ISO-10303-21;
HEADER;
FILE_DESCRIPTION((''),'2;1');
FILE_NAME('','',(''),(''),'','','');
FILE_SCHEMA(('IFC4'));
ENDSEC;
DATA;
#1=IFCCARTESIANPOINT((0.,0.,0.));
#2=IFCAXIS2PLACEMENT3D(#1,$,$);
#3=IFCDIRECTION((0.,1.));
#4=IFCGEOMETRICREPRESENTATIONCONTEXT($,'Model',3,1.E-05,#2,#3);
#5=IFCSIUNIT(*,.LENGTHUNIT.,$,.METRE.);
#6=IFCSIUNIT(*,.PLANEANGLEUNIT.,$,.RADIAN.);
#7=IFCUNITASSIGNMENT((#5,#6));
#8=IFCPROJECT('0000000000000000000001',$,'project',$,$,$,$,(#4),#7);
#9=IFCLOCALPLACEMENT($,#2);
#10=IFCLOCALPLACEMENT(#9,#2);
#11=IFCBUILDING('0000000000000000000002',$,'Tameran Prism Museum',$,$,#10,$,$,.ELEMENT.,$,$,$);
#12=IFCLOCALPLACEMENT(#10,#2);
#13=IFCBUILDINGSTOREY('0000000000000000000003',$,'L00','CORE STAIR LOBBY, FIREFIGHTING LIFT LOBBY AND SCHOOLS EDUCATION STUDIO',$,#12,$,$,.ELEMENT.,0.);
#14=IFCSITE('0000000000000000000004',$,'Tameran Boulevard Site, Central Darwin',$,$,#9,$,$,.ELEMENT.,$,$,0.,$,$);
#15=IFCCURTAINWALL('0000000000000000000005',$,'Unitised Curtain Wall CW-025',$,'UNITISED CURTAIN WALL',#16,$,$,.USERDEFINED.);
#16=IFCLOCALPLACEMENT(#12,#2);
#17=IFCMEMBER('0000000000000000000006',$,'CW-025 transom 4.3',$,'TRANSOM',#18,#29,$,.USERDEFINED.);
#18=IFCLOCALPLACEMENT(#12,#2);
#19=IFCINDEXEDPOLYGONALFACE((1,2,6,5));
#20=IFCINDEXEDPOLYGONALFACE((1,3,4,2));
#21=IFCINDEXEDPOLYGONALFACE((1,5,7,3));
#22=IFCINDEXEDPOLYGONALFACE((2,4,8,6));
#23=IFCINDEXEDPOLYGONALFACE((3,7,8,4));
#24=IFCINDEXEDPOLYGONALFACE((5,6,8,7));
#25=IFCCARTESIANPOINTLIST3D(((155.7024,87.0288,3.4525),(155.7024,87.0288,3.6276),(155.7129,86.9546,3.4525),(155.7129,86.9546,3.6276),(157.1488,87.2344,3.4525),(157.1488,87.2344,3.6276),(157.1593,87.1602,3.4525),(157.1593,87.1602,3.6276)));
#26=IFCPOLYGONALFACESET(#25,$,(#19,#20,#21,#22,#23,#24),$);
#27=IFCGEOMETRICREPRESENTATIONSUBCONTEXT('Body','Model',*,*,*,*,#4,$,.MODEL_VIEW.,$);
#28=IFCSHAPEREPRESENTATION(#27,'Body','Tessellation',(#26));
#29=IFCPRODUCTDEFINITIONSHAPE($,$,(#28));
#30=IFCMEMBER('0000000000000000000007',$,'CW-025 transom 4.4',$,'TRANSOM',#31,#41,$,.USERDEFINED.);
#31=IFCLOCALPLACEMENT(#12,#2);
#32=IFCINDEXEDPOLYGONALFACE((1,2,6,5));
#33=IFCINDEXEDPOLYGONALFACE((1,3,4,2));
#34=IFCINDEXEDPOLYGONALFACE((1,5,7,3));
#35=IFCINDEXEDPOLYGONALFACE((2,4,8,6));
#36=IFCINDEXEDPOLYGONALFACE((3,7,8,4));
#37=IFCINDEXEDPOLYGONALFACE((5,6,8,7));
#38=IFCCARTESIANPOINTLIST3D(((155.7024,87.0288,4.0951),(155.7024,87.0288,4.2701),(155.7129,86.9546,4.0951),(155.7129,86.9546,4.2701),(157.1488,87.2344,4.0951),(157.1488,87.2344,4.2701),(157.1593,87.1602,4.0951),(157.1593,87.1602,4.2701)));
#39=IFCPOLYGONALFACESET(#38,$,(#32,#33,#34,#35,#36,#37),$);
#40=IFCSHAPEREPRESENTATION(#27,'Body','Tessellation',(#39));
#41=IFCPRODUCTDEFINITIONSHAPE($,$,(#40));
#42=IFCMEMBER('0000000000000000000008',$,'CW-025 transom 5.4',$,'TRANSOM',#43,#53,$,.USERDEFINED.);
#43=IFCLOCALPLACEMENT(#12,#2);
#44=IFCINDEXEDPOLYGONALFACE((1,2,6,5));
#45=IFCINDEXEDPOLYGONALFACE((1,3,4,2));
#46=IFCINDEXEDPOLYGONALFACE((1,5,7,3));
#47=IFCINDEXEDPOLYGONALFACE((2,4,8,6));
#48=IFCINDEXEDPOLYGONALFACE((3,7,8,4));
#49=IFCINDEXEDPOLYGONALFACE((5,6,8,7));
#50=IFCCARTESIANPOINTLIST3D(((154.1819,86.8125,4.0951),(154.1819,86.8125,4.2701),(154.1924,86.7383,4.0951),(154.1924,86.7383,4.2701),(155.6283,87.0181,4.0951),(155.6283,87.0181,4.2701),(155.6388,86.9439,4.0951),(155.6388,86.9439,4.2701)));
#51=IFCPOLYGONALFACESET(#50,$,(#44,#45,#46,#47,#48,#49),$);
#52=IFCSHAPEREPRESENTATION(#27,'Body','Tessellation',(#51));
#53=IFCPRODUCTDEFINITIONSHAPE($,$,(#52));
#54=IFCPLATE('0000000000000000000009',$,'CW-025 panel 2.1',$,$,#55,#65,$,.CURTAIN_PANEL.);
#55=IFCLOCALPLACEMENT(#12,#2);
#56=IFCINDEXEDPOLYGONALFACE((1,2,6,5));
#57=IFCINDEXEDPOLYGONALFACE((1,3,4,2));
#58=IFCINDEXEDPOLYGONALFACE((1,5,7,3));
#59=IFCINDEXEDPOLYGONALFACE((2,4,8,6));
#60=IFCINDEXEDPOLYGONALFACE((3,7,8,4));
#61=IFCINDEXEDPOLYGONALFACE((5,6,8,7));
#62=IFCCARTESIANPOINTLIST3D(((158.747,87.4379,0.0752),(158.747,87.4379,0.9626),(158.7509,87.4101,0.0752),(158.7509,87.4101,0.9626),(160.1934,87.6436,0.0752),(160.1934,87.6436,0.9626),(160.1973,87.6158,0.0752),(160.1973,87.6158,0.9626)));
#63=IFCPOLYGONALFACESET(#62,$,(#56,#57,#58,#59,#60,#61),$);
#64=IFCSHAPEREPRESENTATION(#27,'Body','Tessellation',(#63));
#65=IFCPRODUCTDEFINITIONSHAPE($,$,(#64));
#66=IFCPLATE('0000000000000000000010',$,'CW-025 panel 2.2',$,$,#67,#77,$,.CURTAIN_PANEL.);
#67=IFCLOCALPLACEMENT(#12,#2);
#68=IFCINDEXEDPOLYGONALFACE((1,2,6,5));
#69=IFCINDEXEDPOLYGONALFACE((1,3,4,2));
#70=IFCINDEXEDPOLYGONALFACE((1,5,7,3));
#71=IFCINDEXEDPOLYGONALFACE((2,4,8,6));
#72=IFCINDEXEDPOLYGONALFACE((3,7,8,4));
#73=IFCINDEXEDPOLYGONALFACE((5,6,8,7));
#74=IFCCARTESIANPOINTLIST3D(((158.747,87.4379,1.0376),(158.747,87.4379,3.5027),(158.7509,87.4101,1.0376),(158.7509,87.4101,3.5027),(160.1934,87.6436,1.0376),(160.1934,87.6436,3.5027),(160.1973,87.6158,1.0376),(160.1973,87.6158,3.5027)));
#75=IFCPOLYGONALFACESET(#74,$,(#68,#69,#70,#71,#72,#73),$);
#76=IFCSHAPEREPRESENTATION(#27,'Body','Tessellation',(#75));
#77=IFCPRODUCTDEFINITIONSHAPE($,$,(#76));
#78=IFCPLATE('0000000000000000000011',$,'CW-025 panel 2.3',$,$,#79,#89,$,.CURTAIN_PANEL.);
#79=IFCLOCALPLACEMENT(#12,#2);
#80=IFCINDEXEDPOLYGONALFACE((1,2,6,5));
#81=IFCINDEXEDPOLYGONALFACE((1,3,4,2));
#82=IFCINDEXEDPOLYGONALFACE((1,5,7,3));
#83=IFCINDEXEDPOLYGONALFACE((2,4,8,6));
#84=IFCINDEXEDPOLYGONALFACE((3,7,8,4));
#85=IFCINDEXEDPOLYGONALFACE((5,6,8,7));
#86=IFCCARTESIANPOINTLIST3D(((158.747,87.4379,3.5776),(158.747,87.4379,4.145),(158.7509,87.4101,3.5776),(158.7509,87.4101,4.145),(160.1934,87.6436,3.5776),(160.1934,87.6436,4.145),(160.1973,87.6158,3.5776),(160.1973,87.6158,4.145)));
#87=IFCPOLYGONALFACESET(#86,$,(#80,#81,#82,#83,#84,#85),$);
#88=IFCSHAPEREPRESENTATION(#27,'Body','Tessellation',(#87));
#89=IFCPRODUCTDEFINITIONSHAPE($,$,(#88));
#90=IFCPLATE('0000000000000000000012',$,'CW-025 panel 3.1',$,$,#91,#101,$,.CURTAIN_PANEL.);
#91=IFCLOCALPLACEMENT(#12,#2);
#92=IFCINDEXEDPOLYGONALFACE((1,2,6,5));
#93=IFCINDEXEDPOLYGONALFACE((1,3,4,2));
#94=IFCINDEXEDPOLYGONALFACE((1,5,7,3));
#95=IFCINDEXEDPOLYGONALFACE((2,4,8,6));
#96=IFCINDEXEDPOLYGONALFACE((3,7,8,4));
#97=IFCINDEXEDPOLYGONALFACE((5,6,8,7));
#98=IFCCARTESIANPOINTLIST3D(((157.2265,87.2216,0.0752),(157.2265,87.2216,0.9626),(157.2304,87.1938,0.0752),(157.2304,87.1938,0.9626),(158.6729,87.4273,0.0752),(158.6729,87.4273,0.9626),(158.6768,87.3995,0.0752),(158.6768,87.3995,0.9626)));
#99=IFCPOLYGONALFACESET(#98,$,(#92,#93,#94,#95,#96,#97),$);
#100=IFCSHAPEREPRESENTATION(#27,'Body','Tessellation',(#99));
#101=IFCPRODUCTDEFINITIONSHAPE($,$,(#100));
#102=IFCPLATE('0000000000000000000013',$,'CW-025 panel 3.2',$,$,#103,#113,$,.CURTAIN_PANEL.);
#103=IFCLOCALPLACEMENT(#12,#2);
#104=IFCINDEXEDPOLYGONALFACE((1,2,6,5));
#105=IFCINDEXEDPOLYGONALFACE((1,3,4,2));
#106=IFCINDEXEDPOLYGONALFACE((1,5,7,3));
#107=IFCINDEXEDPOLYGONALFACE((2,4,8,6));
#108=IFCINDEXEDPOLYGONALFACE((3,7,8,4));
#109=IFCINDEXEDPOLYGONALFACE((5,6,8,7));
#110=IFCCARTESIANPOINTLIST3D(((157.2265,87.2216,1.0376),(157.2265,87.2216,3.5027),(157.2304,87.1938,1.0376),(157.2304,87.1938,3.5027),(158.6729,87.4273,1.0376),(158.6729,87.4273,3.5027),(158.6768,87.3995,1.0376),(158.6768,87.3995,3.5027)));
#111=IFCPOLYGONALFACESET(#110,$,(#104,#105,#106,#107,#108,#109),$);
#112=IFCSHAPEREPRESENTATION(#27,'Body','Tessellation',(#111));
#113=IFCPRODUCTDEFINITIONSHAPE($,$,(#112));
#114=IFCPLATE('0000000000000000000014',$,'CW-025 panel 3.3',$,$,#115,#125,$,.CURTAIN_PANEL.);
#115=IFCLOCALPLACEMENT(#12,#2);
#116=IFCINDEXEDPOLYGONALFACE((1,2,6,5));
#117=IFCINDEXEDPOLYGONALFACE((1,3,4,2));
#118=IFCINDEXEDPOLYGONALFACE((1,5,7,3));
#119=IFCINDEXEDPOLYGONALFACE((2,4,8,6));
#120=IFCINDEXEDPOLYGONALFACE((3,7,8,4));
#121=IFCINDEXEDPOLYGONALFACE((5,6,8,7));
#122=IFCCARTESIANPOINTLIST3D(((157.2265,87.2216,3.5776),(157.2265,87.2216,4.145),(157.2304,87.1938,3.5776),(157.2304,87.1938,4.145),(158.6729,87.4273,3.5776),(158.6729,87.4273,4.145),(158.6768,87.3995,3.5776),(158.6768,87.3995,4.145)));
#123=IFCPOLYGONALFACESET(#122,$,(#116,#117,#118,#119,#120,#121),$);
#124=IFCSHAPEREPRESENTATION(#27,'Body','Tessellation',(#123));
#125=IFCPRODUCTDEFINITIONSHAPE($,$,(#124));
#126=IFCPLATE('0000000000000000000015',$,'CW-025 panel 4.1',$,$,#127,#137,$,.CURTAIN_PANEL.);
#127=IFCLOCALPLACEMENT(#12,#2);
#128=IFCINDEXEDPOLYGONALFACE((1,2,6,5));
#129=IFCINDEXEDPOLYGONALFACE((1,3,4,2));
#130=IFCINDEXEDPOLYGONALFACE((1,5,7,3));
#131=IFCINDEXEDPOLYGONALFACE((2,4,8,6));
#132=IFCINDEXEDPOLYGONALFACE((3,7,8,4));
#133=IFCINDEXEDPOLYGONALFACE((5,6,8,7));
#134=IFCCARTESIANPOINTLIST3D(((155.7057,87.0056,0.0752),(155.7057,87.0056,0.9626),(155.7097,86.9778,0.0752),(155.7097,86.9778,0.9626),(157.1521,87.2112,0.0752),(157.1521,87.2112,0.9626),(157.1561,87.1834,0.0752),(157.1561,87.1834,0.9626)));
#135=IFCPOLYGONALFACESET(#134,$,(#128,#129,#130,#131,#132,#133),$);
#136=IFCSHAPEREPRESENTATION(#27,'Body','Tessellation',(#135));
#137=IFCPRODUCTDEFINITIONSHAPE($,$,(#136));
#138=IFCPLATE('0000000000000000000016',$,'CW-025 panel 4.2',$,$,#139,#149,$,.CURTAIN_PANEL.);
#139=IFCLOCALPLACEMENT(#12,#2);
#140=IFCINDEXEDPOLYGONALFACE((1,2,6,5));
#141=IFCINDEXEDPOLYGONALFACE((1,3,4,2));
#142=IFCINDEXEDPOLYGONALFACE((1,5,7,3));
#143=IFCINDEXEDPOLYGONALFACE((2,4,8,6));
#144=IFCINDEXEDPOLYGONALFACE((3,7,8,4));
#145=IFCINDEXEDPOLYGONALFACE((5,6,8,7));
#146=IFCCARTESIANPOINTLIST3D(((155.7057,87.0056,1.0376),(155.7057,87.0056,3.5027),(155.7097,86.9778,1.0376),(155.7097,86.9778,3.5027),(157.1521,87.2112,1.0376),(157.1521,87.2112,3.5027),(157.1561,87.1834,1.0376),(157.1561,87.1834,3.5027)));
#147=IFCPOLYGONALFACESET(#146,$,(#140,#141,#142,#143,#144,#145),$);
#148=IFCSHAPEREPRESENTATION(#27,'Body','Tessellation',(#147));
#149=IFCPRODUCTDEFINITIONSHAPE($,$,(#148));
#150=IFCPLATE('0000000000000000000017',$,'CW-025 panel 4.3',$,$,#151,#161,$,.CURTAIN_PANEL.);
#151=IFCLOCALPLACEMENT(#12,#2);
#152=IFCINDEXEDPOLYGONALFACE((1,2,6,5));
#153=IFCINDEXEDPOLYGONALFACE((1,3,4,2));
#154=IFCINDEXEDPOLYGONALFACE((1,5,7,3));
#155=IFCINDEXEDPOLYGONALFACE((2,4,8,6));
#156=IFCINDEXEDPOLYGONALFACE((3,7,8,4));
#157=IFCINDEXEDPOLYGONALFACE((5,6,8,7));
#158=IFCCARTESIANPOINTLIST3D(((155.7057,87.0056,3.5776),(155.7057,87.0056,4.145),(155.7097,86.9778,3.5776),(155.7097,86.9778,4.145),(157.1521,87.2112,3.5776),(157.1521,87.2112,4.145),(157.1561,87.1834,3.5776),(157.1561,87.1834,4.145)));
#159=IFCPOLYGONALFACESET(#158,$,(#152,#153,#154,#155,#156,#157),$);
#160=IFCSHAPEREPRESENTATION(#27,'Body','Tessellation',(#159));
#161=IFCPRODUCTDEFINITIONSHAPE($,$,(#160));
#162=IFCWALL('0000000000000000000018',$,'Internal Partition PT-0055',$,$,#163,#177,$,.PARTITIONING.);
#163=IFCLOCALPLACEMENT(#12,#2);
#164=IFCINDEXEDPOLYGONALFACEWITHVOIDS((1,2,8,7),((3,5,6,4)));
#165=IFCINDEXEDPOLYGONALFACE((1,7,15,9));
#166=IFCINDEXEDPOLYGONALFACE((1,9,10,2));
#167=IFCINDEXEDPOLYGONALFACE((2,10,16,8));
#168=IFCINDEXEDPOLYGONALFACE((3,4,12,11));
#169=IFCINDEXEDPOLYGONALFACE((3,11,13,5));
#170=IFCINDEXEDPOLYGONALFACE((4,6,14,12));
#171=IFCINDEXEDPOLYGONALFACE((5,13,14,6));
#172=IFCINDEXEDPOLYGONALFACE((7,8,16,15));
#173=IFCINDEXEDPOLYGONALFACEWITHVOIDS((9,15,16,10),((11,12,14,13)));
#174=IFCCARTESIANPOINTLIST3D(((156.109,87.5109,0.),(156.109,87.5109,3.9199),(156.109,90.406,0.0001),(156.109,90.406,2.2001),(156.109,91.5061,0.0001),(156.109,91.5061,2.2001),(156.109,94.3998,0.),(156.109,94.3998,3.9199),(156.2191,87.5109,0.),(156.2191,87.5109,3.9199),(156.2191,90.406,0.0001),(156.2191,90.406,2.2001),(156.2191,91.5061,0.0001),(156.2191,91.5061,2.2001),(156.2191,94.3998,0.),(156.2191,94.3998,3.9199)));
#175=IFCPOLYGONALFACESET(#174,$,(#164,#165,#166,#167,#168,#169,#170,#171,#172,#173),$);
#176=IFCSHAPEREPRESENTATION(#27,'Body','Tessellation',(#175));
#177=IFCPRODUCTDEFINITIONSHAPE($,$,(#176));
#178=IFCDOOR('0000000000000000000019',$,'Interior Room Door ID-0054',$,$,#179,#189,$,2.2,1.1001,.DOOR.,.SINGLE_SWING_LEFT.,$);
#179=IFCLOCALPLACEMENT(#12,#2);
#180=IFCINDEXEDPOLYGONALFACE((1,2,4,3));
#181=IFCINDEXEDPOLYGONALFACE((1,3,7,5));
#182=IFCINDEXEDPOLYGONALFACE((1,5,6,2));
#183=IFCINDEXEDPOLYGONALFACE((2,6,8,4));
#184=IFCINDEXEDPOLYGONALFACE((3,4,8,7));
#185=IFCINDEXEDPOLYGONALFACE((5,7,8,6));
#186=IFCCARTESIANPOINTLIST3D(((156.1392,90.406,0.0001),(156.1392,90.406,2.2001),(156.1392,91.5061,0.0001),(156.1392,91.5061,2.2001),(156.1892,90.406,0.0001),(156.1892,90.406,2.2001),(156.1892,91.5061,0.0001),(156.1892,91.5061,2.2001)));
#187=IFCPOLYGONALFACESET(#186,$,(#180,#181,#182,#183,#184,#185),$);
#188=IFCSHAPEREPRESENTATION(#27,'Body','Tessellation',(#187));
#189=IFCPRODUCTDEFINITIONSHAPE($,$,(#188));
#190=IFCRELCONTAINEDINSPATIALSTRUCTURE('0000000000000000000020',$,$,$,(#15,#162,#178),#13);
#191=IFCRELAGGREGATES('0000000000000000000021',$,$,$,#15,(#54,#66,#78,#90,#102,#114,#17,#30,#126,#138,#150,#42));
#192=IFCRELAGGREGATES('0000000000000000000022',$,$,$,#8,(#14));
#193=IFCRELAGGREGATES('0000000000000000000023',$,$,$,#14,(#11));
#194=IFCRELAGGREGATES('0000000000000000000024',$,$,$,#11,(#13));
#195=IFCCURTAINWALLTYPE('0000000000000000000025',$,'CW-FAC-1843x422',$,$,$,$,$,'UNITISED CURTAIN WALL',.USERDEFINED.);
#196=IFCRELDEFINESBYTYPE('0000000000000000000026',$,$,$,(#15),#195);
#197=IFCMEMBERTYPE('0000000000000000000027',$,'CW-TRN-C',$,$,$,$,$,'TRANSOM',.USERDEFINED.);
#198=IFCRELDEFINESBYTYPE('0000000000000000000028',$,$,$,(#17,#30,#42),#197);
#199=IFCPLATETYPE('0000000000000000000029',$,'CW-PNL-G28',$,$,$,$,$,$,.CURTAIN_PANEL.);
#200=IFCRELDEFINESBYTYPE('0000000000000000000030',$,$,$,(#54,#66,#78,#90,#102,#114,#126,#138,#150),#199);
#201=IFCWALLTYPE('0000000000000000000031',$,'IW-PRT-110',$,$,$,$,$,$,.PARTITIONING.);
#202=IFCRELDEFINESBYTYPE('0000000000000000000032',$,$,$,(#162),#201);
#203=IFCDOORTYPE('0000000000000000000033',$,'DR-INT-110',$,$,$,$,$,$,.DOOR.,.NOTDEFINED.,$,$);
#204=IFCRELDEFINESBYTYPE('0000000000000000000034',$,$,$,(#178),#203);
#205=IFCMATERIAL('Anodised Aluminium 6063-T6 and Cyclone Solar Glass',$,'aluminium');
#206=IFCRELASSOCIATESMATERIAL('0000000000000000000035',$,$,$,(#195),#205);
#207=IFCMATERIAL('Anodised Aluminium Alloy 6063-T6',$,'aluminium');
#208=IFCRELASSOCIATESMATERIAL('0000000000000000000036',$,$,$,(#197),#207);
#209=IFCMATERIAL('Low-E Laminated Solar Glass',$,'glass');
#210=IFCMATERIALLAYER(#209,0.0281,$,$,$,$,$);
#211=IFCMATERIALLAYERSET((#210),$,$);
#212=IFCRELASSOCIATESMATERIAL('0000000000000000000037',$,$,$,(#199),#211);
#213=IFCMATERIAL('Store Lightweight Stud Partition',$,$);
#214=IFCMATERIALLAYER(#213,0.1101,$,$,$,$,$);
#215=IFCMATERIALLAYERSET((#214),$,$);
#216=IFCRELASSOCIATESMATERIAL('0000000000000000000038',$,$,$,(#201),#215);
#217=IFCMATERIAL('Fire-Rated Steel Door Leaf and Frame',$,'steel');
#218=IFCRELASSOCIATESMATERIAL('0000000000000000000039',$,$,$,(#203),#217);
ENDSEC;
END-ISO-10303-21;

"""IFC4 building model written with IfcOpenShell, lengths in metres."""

from ifc_helpers import new_model, si_unit, direction, frame, frame_2d, origin, origin_2d, place, context, subcontext, project, spatial, rectangle, extrude, material, layer, layer_set, material_profile, profile_set, type_object, element, fill, aggregate, save


model = new_model("IFC4")

# Units and contexts
model_context = context("Model", 3, precision=1e-05, world=origin(), true_north=direction((0.0, 1.0)))
body_context = subcontext(model_context, "Body", "Model", "MODEL_VIEW")
ifc_project = project(units=[si_unit("LENGTHUNIT", "METRE"), si_unit("PLANEANGLEUNIT", "RADIAN")], contexts=[model_context])

# Site, building, storey
site_placement = place(None, origin())
site = spatial("IfcSite", under=ifc_project, at=site_placement, Name="Tameran Boulevard Site, Central Darwin", CompositionType="ELEMENT", RefElevation=0.0)
building_placement = place(site_placement, origin())
building = spatial("IfcBuilding", under=site, at=building_placement, Name="Tameran Prism Museum", CompositionType="ELEMENT")
storey_placement = place(building_placement, origin())
storey = spatial("IfcBuildingStorey", under=building, at=storey_placement, Name="L00", Description="CORE STAIR LOBBY, FIREFIGHTING LIFT LOBBY AND SCHOOLS EDUCATION STUDIO", CompositionType="ELEMENT", Elevation=0.0)

# Curtain wall, members, plates
ifc_material_1 = material(Name="Anodised Aluminium 6063-T6 and Cyclone Solar Glass", Category="aluminium")
curtain_wall_type = type_object("IfcCurtainWallType", Name="CW-FAC-1843x422", ElementType="UNITISED CURTAIN WALL", PredefinedType="USERDEFINED", material=ifc_material_1)
curtain_wall_placement = place(storey_placement, origin())
curtain_wall = element("IfcCurtainWall", 1, at=curtain_wall_placement, inside=storey, type_object=curtain_wall_type, Name="Unitised Curtain Wall CW-025", ObjectType="UNITISED CURTAIN WALL", PredefinedType="USERDEFINED")
ifc_material_2 = material(Name="Anodised Aluminium Alloy 6063-T6", Category="aluminium")
ifc_material_profile_1 = material_profile(ifc_material_2, rectangle(XDim=0.075, YDim=0.175, at=origin_2d()))
ifc_profile_set_1 = profile_set([ifc_material_profile_1])
member_type_1 = type_object("IfcMemberType", Name="CW-TRN-C", ElementType="TRANSOM", PredefinedType="USERDEFINED", material=ifc_profile_set_1)
member_1_placement = place(storey_placement, frame((157.1541, 87.1973, 3.54), z_axis=(-0.99005, -0.140719, 0.0), x_axis=(0.140719, -0.99005, 0.0)))
member_1 = element("IfcMember", 2, at=member_1_placement, type_object=member_type_1, Name="CW-025 transom 4.3", ObjectType="TRANSOM", PredefinedType="USERDEFINED", context=body_context, shape_type="SweptSolid", body=[
    extrude(rectangle(XDim=0.075, YDim=0.175, at=origin_2d()), origin(), (0.0, 0.0, 1.0), 1.4609),
])
member_2_placement = place(storey_placement, frame((157.1541, 87.1973, 4.1826), z_axis=(-0.99005, -0.140719, 0.0), x_axis=(0.140719, -0.99005, 0.0)))
member_2 = element("IfcMember", 3, at=member_2_placement, type_object=member_type_1, Name="CW-025 transom 4.4", ObjectType="TRANSOM", PredefinedType="USERDEFINED", context=body_context, shape_type="SweptSolid", body=[
    extrude(rectangle(XDim=0.075, YDim=0.175, at=origin_2d()), origin(), (0.0, 0.0, 1.0), 1.4609),
])
member_3_placement = place(storey_placement, frame((155.6335, 86.981, 4.1826), z_axis=(-0.99005, -0.140719, 0.0), x_axis=(0.140719, -0.99005, 0.0)))
member_3 = element("IfcMember", 4, at=member_3_placement, type_object=member_type_1, Name="CW-025 transom 5.4", ObjectType="TRANSOM", PredefinedType="USERDEFINED", context=body_context, shape_type="SweptSolid", body=[
    extrude(rectangle(XDim=0.075, YDim=0.175, at=origin_2d()), origin(), (0.0, 0.0, 1.0), 1.4609),
])
ifc_material_3 = material(Name="Low-E Laminated Solar Glass", Category="glass")
ifc_layer_1 = layer(ifc_material_3, 0.0281)
ifc_layer_set_1 = layer_set([ifc_layer_1])
plate_type = type_object("IfcPlateType", Name="CW-PNL-G28", PredefinedType="CURTAIN_PANEL", material=ifc_layer_set_1)
plate_1_placement = place(storey_placement, frame((159.4722, 87.5269, 0.0752), z_axis=(0.0, 0.0, 1.0), x_axis=(-0.990046, -0.140745, 0.0)))
plate_1 = element("IfcPlate", 5, at=plate_1_placement, type_object=plate_type, Name="CW-025 panel 2.1", PredefinedType="CURTAIN_PANEL", context=body_context, shape_type="SweptSolid", body=[
    extrude(rectangle(XDim=1.4609, YDim=0.0281, at=origin_2d()), origin(), (0.0, 0.0, 1.0), 0.8875),
])
plate_2_placement = place(storey_placement, frame((159.4722, 87.5269, 1.0376), z_axis=(0.0, 0.0, 1.0), x_axis=(-0.990046, -0.140745, 0.0)))
plate_2 = element("IfcPlate", 6, at=plate_2_placement, type_object=plate_type, Name="CW-025 panel 2.2", PredefinedType="CURTAIN_PANEL", context=body_context, shape_type="SweptSolid", body=[
    extrude(rectangle(XDim=1.4609, YDim=0.0281, at=origin_2d()), origin(), (0.0, 0.0, 1.0), 2.4651),
])
plate_3_placement = place(storey_placement, frame((159.4722, 87.5269, 3.5776), z_axis=(0.0, 0.0, 1.0), x_axis=(-0.990046, -0.140745, 0.0)))
plate_3 = element("IfcPlate", 7, at=plate_3_placement, type_object=plate_type, Name="CW-025 panel 2.3", PredefinedType="CURTAIN_PANEL", context=body_context, shape_type="SweptSolid", body=[
    extrude(rectangle(XDim=1.4609, YDim=0.0281, at=origin_2d()), origin(), (0.0, 0.0, 1.0), 0.5674),
])
plate_4_placement = place(storey_placement, frame((157.9517, 87.3105, 0.0752), z_axis=(0.0, 0.0, 1.0), x_axis=(-0.990046, -0.140745, 0.0)))
plate_4 = element("IfcPlate", 8, at=plate_4_placement, type_object=plate_type, Name="CW-025 panel 3.1", PredefinedType="CURTAIN_PANEL", context=body_context, shape_type="SweptSolid", body=[
    extrude(rectangle(XDim=1.4609, YDim=0.0281, at=origin_2d()), origin(), (0.0, 0.0, 1.0), 0.8875),
])
plate_5_placement = place(storey_placement, frame((157.9517, 87.3105, 1.0376), z_axis=(0.0, 0.0, 1.0), x_axis=(-0.990046, -0.140745, 0.0)))
plate_5 = element("IfcPlate", 9, at=plate_5_placement, type_object=plate_type, Name="CW-025 panel 3.2", PredefinedType="CURTAIN_PANEL", context=body_context, shape_type="SweptSolid", body=[
    extrude(rectangle(XDim=1.4609, YDim=0.0281, at=origin_2d()), origin(), (0.0, 0.0, 1.0), 2.4651),
])
plate_6_placement = place(storey_placement, frame((157.9517, 87.3105, 3.5776), z_axis=(0.0, 0.0, 1.0), x_axis=(-0.990046, -0.140745, 0.0)))
plate_6 = element("IfcPlate", 10, at=plate_6_placement, type_object=plate_type, Name="CW-025 panel 3.3", PredefinedType="CURTAIN_PANEL", context=body_context, shape_type="SweptSolid", body=[
    extrude(rectangle(XDim=1.4609, YDim=0.0281, at=origin_2d()), origin(), (0.0, 0.0, 1.0), 0.5674),
])
plate_7_placement = place(storey_placement, frame((156.4309, 87.0945, 0.0752), z_axis=(0.0, 0.0, 1.0), x_axis=(-0.990046, -0.140745, 0.0)))
plate_7 = element("IfcPlate", 11, at=plate_7_placement, type_object=plate_type, Name="CW-025 panel 4.1", PredefinedType="CURTAIN_PANEL", context=body_context, shape_type="SweptSolid", body=[
    extrude(rectangle(XDim=1.4609, YDim=0.0281, at=origin_2d()), origin(), (0.0, 0.0, 1.0), 0.8875),
])
plate_8_placement = place(storey_placement, frame((156.4309, 87.0945, 1.0376), z_axis=(0.0, 0.0, 1.0), x_axis=(-0.990046, -0.140745, 0.0)))
plate_8 = element("IfcPlate", 12, at=plate_8_placement, type_object=plate_type, Name="CW-025 panel 4.2", PredefinedType="CURTAIN_PANEL", context=body_context, shape_type="SweptSolid", body=[
    extrude(rectangle(XDim=1.4609, YDim=0.0281, at=origin_2d()), origin(), (0.0, 0.0, 1.0), 2.4651),
])
plate_9_placement = place(storey_placement, frame((156.4309, 87.0945, 3.5776), z_axis=(0.0, 0.0, 1.0), x_axis=(-0.990046, -0.140745, 0.0)))
plate_9 = element("IfcPlate", 13, at=plate_9_placement, type_object=plate_type, Name="CW-025 panel 4.3", PredefinedType="CURTAIN_PANEL", context=body_context, shape_type="SweptSolid", body=[
    extrude(rectangle(XDim=1.4609, YDim=0.0281, at=origin_2d()), origin(), (0.0, 0.0, 1.0), 0.5674),
])
aggregate(curtain_wall, [plate_1, plate_2, plate_3, plate_4, plate_5, plate_6, member_1, member_2, plate_7, plate_8, plate_9, member_3])

# Wall, opening, door
ifc_material_4 = material(Name="Store Lightweight Stud Partition")
ifc_layer_2 = layer(ifc_material_4, 0.1101)
ifc_layer_set_2 = layer_set([ifc_layer_2])
wall_type = type_object("IfcWallType", Name="IW-PRT-110", PredefinedType="PARTITIONING", material=ifc_layer_set_2)
wall_placement = place(storey_placement, frame((156.1641, 87.511, 0.0), z_axis=(0.0, 0.0, 1.0), x_axis=(0.0, 1.0, 0.0)))
wall = element("IfcWall", 14, at=wall_placement, inside=storey, type_object=wall_type, Name="Internal Partition PT-0055", PredefinedType="PARTITIONING", context=body_context, shape_type="SweptSolid", body=[
    extrude(rectangle(XDim=6.8889, YDim=0.1101, at=frame_2d((3.4443, 0.0))), origin(), (0.0, 0.0, 1.0), 3.9199),
])
opening_placement = place(wall_placement, frame((2.895, 0.0, 0.0)))
opening = element("IfcOpeningElement", 15, at=opening_placement, cuts=wall, PredefinedType="OPENING", context=body_context, shape_type="SweptSolid", body=[
    extrude(rectangle(XDim=1.1001, YDim=2.2, at=frame_2d((0.55, 1.1001))), frame((0.0, 0.0649, 0.0), z_axis=(0.0, -1.0, 0.0), x_axis=(1.0, 0.0, 0.0)), (0.0, 0.0, 1.0), 0.1301),
])
ifc_material_5 = material(Name="Fire-Rated Steel Door Leaf and Frame", Category="steel")
door_type = type_object("IfcDoorType", Name="DR-INT-110", OperationType="NOTDEFINED", PredefinedType="DOOR", material=ifc_material_5)
door_placement = place(opening_placement, origin())
door = element("IfcDoor", 16, at=door_placement, inside=storey, type_object=door_type, Name="Interior Room Door ID-0054", OperationType="SINGLE_SWING_LEFT", OverallHeight=2.2, OverallWidth=1.1001, PredefinedType="DOOR", context=body_context, shape_type="SweptSolid", body=[
    extrude(rectangle(XDim=1.1001, YDim=2.2, at=frame_2d((0.55, 1.1001))), frame((0.0, 0.0249, 0.0), z_axis=(0.0, -1.0, 0.0), x_axis=(1.0, 0.0, 0.0)), (0.0, 0.0, 1.0), 0.05),
])
fill(opening, door)

save(model, "model.ifc")
